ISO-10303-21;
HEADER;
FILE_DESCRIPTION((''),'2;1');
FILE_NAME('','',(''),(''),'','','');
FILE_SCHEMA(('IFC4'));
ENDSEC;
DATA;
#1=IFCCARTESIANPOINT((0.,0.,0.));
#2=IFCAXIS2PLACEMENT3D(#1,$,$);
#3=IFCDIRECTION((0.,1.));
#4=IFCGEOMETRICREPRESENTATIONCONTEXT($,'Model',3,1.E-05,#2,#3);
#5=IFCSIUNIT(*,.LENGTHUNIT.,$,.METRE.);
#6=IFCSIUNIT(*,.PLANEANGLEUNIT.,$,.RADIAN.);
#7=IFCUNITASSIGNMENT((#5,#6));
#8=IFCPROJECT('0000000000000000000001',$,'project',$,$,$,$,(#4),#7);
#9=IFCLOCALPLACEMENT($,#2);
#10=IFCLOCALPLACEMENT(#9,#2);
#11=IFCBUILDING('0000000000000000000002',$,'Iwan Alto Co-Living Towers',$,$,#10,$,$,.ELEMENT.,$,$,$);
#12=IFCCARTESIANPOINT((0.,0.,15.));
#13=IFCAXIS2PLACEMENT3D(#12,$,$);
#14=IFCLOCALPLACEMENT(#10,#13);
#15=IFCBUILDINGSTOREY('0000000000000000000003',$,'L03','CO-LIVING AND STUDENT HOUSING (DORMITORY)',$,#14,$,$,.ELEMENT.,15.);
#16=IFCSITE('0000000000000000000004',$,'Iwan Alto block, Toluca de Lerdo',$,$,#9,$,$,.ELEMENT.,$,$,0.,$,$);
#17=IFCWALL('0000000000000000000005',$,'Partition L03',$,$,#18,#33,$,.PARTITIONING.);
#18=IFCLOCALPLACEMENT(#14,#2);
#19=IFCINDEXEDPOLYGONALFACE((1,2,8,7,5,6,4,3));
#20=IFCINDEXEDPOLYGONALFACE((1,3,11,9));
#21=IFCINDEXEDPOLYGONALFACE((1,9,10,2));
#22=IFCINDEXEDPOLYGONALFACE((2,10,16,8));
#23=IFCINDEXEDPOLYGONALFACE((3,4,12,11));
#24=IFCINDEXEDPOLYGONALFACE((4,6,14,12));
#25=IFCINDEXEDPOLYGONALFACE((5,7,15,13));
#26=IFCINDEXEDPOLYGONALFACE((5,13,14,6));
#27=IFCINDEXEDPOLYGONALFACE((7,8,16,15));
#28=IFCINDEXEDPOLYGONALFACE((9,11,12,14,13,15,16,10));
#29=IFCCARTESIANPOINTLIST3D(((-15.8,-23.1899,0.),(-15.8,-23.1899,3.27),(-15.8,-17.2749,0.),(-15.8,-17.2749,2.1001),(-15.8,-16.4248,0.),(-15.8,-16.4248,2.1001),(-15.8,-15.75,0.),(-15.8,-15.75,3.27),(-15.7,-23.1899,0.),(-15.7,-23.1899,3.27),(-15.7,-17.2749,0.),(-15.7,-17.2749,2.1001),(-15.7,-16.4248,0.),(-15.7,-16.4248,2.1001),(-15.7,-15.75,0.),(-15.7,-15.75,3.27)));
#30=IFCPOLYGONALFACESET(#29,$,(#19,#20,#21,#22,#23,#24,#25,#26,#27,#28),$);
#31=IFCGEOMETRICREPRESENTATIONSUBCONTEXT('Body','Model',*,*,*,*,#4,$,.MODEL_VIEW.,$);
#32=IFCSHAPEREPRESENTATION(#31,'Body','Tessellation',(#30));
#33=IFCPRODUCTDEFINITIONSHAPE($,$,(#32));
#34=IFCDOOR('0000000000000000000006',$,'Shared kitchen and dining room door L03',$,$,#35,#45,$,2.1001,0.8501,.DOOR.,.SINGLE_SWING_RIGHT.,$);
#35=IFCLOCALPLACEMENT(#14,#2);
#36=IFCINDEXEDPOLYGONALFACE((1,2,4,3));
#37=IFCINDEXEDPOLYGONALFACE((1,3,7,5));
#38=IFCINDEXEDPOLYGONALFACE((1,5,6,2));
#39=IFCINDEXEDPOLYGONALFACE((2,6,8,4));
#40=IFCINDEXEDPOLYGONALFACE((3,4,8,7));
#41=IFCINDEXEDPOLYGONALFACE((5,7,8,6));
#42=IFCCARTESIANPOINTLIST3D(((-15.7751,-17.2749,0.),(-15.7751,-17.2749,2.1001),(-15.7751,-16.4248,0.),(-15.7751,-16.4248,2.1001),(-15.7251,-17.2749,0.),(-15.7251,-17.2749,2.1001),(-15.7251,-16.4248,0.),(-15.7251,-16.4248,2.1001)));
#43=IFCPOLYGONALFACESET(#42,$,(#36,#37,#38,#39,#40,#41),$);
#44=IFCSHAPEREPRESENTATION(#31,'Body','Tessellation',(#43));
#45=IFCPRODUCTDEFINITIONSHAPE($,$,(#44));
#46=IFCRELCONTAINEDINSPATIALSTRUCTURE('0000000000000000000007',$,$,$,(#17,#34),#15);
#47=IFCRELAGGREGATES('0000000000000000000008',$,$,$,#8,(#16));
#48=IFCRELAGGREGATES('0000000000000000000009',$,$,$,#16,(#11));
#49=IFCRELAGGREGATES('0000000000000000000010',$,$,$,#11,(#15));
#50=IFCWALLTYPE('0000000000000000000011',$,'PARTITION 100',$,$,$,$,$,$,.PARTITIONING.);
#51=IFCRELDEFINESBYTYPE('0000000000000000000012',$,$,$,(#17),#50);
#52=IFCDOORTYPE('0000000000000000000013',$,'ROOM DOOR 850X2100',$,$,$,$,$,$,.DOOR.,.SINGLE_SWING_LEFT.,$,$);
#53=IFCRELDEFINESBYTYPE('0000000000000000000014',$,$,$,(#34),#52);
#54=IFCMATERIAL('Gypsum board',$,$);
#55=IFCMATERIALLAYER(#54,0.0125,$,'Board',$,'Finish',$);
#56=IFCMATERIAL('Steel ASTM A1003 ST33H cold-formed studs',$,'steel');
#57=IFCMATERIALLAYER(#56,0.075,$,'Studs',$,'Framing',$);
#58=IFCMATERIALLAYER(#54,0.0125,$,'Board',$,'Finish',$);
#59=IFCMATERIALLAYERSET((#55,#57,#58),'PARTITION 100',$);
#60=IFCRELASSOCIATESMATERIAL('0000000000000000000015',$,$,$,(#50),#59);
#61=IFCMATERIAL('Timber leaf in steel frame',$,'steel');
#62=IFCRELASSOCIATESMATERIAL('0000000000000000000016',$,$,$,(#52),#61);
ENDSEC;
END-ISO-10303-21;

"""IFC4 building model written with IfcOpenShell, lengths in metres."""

from ifc_helpers import new_model, si_unit, direction, frame, frame_2d, origin, place, context, subcontext, project, spatial, rectangle, extrude, material, layer, layer_set, type_object, element, fill, save


model = new_model("IFC4")

# Units and contexts
model_context = context("Model", 3, precision=1e-05, world=origin(), true_north=direction((0.0, 1.0)))
body_context = subcontext(model_context, "Body", "Model", "MODEL_VIEW")
ifc_project = project(units=[si_unit("LENGTHUNIT", "METRE"), si_unit("PLANEANGLEUNIT", "RADIAN")], contexts=[model_context])

# Site, building, storey
site_placement = place(None, origin())
site = spatial("IfcSite", under=ifc_project, at=site_placement, Name="Iwan Alto block, Toluca de Lerdo", CompositionType="ELEMENT", RefElevation=0.0)
building_placement = place(site_placement, origin())
building = spatial("IfcBuilding", under=site, at=building_placement, Name="Iwan Alto Co-Living Towers", CompositionType="ELEMENT")
storey_placement = place(building_placement, frame((0.0, 0.0, 15.0)))
storey = spatial("IfcBuildingStorey", under=building, at=storey_placement, Name="L03", Description="CO-LIVING AND STUDENT HOUSING (DORMITORY)", CompositionType="ELEMENT", Elevation=15.0)

# Wall, opening, door
ifc_material_1 = material(Name="Gypsum board")
ifc_layer_1 = layer(ifc_material_1, 0.0125, Name="Board", Category="Finish")
ifc_material_2 = material(Name="Steel ASTM A1003 ST33H cold-formed studs", Category="steel")
ifc_layer_2 = layer(ifc_material_2, 0.075, Name="Studs", Category="Framing")
ifc_layer_3 = layer(ifc_material_1, 0.0125, Name="Board", Category="Finish")
ifc_layer_set_1 = layer_set([ifc_layer_1, ifc_layer_2, ifc_layer_3], Name="PARTITION 100")
wall_type_1 = type_object("IfcWallType", Name="PARTITION 100", PredefinedType="PARTITIONING", material=ifc_layer_set_1)
wall_1_placement = place(storey_placement, frame((-15.75, -23.1899, 0.0), z_axis=(0.0, 0.0, 1.0), x_axis=(0.0, 1.0, 0.0)))
wall_1 = element("IfcWall", 1, at=wall_1_placement, inside=storey, type_object=wall_type_1, Name="Partition L03", PredefinedType="PARTITIONING", context=body_context, shape_type="SweptSolid", body=[
    extrude(rectangle(XDim=7.4399, YDim=0.1001, at=frame_2d((3.72, 0.0))), origin(), (0.0, 0.0, 1.0), 3.27),
])
opening_placement = place(wall_1_placement, frame((5.915, 0.0, 0.0)))
opening = element("IfcOpeningElement", 2, at=opening_placement, cuts=wall_1, PredefinedType="OPENING", context=body_context, shape_type="SweptSolid", body=[
    extrude(rectangle(XDim=0.8501, YDim=2.1001, at=frame_2d((0.425, 1.05))), frame((0.0, 0.0601, 0.0), z_axis=(0.0, -1.0, 0.0), x_axis=(1.0, 0.0, 0.0)), (0.0, 0.0, 1.0), 0.1201),
])
ifc_material_3 = material(Name="Timber leaf in steel frame", Category="steel")
door_type = type_object("IfcDoorType", Name="ROOM DOOR 850X2100", OperationType="SINGLE_SWING_LEFT", PredefinedType="DOOR", material=ifc_material_3)
door_placement = place(opening_placement, frame((0.8501, 0.0, 0.0), z_axis=(0.0, 0.0, 1.0), x_axis=(-1.0, 0.0, 0.0)))
door = element("IfcDoor", 3, at=door_placement, inside=storey, type_object=door_type, Name="Shared kitchen and dining room door L03", OperationType="SINGLE_SWING_RIGHT", OverallHeight=2.1001, OverallWidth=0.8501, PredefinedType="DOOR", context=body_context, shape_type="SweptSolid", body=[
    extrude(rectangle(XDim=0.8501, YDim=2.1001, at=frame_2d((0.425, 1.05))), frame((0.0, 0.0249, 0.0), z_axis=(0.0, -1.0, 0.0), x_axis=(1.0, 0.0, 0.0)), (0.0, 0.0, 1.0), 0.05),
])
fill(opening, door)

save(model, "model.ifc")
